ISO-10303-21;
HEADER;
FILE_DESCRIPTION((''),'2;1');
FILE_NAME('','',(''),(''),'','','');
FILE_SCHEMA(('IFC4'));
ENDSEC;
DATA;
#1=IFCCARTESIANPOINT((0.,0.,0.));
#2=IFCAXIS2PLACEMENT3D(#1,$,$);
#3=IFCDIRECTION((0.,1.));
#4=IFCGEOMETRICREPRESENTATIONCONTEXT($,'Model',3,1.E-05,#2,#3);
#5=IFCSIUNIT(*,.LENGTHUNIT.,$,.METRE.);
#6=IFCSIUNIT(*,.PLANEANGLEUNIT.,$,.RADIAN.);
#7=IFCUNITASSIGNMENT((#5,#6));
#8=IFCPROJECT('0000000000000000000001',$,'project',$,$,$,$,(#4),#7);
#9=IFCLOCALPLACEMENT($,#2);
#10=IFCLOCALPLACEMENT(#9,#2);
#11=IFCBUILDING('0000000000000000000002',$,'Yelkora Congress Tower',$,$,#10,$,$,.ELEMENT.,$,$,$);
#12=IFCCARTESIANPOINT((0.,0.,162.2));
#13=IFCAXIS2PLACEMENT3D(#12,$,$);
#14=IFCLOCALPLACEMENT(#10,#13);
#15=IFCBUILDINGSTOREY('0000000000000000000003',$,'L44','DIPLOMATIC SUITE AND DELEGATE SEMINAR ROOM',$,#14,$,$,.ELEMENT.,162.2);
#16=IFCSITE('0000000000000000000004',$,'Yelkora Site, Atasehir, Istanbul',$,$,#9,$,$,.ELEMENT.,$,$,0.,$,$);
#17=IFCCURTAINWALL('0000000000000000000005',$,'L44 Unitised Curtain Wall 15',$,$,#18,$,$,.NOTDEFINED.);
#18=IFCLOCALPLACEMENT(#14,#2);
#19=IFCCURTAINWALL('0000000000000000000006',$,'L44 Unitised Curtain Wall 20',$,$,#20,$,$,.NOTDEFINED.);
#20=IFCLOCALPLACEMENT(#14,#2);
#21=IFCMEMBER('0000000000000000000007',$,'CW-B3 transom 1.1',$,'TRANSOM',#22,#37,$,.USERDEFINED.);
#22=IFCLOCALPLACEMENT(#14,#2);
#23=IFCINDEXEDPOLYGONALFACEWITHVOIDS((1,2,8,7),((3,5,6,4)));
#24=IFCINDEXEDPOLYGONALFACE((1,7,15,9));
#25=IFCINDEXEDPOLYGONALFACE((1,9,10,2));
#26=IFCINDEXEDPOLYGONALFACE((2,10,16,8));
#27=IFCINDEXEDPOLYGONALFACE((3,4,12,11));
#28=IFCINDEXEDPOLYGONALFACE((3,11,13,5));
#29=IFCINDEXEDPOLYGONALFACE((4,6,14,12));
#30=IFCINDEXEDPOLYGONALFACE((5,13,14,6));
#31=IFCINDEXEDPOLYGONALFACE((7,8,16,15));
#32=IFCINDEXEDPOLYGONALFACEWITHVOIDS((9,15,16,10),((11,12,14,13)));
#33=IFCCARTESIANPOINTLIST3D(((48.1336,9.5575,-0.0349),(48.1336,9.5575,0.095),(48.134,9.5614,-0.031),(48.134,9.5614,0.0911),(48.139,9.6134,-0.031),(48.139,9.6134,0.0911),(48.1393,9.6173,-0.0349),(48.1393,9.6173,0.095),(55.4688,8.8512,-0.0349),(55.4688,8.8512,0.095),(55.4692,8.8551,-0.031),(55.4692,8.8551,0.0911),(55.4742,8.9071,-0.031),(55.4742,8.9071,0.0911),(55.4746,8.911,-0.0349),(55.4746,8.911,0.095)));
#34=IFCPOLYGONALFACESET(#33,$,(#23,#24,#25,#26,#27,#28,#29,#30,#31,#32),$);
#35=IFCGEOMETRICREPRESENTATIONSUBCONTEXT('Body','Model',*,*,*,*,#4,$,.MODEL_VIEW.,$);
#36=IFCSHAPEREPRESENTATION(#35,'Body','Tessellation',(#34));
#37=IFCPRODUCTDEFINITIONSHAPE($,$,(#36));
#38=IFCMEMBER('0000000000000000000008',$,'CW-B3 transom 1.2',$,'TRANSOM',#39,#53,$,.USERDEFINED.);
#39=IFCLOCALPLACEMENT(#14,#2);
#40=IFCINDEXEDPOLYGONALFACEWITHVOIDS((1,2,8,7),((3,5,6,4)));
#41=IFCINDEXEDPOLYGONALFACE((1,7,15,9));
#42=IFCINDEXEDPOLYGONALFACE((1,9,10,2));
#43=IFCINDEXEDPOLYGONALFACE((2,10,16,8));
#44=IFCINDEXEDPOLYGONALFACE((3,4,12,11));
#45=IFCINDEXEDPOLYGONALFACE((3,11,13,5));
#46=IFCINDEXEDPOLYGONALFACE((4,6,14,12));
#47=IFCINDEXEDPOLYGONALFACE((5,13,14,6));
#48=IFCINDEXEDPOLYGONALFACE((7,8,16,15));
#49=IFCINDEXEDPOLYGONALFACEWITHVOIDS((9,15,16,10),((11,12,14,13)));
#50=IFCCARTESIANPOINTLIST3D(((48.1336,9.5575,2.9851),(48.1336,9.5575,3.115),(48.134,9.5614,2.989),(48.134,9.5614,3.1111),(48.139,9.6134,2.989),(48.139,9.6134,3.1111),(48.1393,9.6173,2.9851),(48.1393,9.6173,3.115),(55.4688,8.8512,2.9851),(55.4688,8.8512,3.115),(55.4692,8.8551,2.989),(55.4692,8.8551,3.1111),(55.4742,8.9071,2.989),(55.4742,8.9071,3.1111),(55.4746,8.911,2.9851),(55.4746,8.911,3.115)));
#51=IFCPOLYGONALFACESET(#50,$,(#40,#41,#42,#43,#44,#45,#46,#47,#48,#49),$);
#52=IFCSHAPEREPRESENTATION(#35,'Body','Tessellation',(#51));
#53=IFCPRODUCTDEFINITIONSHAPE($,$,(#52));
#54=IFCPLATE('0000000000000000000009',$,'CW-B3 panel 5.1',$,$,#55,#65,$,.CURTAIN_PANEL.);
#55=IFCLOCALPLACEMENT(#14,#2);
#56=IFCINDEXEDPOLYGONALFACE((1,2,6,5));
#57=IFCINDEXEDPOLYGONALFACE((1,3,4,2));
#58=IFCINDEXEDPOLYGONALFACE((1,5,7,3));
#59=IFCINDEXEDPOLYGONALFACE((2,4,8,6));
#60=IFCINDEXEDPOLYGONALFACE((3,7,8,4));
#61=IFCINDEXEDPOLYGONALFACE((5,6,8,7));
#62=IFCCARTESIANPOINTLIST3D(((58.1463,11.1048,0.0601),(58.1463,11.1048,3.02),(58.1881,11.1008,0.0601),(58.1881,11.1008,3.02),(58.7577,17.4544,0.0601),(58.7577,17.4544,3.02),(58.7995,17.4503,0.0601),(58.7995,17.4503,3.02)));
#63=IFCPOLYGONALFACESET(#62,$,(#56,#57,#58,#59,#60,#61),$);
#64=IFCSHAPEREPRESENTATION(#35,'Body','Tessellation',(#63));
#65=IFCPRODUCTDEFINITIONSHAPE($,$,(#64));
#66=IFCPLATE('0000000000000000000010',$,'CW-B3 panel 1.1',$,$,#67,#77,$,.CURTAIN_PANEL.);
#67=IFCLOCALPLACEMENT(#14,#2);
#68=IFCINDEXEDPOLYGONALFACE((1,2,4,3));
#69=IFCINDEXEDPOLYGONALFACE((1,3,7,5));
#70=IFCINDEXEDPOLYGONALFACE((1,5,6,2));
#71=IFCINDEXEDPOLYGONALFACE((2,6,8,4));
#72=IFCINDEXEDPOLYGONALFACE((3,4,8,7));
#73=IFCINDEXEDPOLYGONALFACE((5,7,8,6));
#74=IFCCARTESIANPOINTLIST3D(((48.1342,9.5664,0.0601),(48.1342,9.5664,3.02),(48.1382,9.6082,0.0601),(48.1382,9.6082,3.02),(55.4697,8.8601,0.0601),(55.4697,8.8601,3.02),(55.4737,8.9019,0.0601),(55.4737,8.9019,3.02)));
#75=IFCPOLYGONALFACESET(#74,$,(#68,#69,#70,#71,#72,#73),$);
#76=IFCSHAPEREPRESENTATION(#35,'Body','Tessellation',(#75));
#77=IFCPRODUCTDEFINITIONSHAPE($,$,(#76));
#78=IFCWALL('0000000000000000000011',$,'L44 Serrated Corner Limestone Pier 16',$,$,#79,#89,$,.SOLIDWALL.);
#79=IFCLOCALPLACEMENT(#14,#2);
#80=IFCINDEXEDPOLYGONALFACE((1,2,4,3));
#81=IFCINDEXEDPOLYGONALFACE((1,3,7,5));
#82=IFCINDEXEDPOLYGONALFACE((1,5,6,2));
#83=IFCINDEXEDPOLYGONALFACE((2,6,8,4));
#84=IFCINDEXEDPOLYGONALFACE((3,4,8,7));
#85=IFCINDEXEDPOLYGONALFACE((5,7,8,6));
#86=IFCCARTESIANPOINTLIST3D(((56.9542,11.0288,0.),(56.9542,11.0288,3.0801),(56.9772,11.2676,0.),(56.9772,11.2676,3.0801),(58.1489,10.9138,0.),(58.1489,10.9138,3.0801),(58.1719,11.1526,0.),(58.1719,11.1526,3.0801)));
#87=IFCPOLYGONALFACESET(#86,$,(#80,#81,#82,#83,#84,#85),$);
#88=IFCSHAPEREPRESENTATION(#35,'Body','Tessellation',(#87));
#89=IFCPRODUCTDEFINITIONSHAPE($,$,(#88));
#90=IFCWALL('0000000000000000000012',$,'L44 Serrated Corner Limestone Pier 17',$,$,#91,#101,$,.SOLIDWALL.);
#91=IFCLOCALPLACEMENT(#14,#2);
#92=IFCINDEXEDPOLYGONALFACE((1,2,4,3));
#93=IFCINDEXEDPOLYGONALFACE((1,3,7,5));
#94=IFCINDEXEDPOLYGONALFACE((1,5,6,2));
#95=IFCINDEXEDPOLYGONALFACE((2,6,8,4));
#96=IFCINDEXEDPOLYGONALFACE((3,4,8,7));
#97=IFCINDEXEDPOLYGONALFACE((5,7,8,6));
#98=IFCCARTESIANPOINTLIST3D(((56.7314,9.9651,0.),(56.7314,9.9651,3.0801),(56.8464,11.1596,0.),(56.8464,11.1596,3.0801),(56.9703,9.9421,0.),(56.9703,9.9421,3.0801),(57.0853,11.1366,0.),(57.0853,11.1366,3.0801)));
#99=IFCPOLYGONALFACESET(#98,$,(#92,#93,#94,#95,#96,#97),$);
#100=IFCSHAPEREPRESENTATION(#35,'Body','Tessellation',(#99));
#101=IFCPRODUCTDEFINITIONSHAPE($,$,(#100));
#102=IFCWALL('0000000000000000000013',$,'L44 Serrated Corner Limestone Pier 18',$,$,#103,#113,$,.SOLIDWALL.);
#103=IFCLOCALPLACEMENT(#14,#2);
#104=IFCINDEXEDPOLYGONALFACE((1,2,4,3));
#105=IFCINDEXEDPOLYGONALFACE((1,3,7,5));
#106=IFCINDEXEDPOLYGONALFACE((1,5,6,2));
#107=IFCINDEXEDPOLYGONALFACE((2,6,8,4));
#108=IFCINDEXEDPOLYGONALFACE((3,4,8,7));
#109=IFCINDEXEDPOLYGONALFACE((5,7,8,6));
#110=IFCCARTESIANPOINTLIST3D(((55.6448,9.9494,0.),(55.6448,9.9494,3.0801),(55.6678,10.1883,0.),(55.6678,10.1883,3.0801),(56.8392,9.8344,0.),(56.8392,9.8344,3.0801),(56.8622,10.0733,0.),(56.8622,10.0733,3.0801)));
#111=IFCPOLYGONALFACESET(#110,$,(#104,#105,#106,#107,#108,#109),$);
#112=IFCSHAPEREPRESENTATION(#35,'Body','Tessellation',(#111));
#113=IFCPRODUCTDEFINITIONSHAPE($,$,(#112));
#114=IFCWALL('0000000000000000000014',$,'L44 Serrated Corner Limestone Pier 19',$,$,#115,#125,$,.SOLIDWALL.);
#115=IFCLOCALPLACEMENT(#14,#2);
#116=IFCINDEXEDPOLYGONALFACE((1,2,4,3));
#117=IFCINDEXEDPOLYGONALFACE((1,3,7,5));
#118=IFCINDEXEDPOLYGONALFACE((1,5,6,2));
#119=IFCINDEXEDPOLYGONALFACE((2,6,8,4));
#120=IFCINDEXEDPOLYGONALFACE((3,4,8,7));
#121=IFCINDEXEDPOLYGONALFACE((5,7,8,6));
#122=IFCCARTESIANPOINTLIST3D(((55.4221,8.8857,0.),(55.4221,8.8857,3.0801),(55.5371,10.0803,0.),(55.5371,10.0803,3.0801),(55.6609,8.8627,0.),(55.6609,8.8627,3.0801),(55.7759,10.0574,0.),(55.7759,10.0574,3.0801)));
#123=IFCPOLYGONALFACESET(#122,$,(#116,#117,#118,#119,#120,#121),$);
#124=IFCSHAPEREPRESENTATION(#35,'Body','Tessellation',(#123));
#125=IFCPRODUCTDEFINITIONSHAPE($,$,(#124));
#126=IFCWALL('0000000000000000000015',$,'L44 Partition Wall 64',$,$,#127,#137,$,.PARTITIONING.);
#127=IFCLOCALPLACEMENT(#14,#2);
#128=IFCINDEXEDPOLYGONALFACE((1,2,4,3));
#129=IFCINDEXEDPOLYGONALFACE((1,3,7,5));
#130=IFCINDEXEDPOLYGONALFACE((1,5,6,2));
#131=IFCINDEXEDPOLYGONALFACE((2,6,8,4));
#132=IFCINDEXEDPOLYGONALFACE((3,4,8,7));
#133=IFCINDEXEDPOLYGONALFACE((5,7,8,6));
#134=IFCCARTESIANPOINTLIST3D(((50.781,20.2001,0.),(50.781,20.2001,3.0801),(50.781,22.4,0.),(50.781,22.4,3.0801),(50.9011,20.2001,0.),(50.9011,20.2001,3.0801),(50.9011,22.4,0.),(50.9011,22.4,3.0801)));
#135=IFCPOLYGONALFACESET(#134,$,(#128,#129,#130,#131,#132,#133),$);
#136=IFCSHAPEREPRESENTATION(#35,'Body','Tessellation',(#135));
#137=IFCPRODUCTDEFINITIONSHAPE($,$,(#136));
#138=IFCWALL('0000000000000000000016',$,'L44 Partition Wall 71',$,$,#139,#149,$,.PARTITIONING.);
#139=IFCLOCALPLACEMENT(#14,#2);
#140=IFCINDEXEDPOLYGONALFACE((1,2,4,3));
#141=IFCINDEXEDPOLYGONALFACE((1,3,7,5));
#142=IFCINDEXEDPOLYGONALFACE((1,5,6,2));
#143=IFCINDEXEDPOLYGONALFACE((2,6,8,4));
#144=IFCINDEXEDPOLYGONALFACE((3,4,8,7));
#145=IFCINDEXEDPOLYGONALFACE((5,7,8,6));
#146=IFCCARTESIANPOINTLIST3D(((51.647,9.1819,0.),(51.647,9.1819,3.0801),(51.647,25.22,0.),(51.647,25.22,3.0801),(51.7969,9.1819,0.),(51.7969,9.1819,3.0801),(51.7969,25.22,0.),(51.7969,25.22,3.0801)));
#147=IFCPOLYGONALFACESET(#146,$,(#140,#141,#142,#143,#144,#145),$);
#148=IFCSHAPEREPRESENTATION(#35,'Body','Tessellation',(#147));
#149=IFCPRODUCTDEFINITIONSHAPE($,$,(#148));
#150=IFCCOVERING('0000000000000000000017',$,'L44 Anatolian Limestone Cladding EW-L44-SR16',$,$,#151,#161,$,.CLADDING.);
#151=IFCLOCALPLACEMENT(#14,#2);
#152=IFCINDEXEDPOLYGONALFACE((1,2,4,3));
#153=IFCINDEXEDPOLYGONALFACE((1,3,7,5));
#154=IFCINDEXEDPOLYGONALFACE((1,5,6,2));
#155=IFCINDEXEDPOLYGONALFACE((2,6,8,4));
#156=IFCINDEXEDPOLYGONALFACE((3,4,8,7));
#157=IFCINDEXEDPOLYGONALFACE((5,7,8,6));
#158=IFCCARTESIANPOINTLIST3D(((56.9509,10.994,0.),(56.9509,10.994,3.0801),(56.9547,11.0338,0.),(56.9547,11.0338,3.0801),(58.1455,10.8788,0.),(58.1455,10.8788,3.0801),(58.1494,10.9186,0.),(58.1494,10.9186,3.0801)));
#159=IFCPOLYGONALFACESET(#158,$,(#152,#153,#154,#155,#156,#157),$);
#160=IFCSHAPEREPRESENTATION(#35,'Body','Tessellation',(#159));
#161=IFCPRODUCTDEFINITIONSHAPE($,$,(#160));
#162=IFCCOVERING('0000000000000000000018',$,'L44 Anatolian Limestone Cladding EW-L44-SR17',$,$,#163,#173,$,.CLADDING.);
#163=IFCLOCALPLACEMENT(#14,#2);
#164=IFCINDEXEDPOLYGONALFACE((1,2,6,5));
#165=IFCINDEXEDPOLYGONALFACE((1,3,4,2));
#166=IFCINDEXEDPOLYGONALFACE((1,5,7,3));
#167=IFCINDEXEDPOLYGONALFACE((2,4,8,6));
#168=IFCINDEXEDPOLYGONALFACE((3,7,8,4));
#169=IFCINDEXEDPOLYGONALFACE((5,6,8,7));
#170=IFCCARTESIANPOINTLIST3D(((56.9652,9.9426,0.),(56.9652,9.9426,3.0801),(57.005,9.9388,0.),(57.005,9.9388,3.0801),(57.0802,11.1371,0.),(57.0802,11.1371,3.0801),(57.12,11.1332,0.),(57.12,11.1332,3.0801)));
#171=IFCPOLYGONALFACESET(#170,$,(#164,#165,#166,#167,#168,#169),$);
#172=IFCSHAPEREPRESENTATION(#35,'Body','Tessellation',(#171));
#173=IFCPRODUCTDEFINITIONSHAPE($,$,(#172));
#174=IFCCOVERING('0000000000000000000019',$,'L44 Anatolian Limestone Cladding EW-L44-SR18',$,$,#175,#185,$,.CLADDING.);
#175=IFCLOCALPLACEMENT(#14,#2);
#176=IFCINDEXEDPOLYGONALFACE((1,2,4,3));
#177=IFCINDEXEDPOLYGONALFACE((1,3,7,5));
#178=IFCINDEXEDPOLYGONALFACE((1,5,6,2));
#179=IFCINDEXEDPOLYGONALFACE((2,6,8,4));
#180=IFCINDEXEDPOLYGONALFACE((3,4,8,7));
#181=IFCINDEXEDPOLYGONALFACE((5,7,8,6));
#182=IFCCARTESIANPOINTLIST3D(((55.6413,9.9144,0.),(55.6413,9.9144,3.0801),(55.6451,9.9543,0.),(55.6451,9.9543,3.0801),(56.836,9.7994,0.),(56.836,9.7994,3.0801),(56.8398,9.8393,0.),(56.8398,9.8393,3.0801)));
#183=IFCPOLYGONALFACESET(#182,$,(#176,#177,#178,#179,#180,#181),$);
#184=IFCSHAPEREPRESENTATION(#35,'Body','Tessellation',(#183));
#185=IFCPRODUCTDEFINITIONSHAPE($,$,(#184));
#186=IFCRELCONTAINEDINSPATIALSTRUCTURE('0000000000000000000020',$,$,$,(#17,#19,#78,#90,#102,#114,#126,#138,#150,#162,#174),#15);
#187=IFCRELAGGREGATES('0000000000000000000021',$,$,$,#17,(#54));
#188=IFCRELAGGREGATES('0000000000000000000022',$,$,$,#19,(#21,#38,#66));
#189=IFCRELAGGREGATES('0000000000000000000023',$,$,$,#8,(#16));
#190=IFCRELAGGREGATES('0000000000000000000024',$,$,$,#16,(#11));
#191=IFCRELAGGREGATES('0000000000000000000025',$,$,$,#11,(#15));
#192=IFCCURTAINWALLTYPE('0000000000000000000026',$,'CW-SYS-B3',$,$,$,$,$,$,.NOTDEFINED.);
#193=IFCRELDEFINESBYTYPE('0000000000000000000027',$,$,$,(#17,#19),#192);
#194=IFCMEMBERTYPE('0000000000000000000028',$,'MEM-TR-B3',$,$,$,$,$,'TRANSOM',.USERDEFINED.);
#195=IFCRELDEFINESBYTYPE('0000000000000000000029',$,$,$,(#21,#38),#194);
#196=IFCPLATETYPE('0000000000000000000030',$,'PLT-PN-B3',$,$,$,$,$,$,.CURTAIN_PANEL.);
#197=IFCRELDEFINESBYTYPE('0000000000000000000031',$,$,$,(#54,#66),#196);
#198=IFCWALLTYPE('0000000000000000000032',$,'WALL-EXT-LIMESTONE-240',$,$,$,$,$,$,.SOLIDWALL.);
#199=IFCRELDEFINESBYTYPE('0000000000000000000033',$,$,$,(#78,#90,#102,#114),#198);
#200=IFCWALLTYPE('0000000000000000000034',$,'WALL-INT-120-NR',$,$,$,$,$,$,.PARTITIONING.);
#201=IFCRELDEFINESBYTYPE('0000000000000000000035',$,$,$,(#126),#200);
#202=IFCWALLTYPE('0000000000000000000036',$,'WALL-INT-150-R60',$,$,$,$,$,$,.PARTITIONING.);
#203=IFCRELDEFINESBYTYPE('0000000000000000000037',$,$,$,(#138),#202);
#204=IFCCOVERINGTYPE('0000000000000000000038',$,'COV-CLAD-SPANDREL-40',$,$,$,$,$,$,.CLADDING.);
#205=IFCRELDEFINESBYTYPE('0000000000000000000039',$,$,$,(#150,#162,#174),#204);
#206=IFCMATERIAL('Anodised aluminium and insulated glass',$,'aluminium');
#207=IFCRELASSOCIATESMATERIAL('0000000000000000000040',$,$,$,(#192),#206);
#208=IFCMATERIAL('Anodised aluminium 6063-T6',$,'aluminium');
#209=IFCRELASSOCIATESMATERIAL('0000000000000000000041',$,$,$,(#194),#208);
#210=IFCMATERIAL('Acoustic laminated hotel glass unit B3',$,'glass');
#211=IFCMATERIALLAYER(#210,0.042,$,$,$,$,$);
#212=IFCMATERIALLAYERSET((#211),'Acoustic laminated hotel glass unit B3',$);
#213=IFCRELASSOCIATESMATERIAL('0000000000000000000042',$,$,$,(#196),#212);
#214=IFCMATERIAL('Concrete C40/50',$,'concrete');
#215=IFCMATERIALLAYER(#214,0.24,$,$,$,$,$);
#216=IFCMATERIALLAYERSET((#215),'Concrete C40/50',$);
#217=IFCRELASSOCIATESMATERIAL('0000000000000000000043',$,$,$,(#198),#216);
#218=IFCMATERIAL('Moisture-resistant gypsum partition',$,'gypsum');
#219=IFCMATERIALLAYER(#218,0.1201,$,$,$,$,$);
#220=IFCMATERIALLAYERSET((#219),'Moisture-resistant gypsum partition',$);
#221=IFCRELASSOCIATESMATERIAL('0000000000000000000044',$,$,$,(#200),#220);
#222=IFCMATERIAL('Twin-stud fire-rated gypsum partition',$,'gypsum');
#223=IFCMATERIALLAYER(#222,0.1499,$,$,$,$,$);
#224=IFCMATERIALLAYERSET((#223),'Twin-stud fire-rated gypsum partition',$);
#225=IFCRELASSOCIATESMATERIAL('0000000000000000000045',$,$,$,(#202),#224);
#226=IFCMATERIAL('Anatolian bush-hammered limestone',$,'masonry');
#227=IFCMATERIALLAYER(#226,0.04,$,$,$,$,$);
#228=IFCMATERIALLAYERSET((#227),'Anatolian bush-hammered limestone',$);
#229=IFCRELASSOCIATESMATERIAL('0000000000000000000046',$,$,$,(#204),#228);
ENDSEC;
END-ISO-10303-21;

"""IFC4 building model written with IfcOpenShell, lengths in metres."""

from ifc_helpers import new_model, si_unit, direction, frame, frame_2d, origin, origin_2d, place, context, subcontext, project, spatial, rectangle, hollow_rectangle, extrude, material, layer, layer_set, material_profile, profile_set, type_object, element, aggregate, save


model = new_model("IFC4")

# Units and contexts
model_context = context("Model", 3, precision=1e-05, world=origin(), true_north=direction((0.0, 1.0)))
body_context = subcontext(model_context, "Body", "Model", "MODEL_VIEW")
ifc_project = project(units=[si_unit("LENGTHUNIT", "METRE"), si_unit("PLANEANGLEUNIT", "RADIAN")], contexts=[model_context])

# Site, building, storey
site_placement = place(None, origin())
site = spatial("IfcSite", under=ifc_project, at=site_placement, Name="Yelkora Site, Atasehir, Istanbul", CompositionType="ELEMENT", RefElevation=0.0)
building_placement = place(site_placement, origin())
building = spatial("IfcBuilding", under=site, at=building_placement, Name="Yelkora Congress Tower", CompositionType="ELEMENT")
storey_placement = place(building_placement, frame((0.0, 0.0, 162.2)))
storey = spatial("IfcBuildingStorey", under=building, at=storey_placement, Name="L44", Description="DIPLOMATIC SUITE AND DELEGATE SEMINAR ROOM", CompositionType="ELEMENT", Elevation=162.2)

# Curtain wall
ifc_material_1 = material(Name="Anodised aluminium and insulated glass", Category="aluminium")
curtain_wall_type = type_object("IfcCurtainWallType", Name="CW-SYS-B3", PredefinedType="NOTDEFINED", material=ifc_material_1)
curtain_wall_1_placement = place(storey_placement, origin())
curtain_wall_1 = element("IfcCurtainWall", 1, at=curtain_wall_1_placement, inside=storey, type_object=curtain_wall_type, Name="L44 Unitised Curtain Wall 15", PredefinedType="NOTDEFINED")
ifc_material_2 = material(Name="Anodised aluminium 6063-T6", Category="aluminium")

# Curtain wall
curtain_wall_2_placement = place(storey_placement, origin())
curtain_wall_2 = element("IfcCurtainWall", 2, at=curtain_wall_2_placement, inside=storey, type_object=curtain_wall_type, Name="L44 Unitised Curtain Wall 20", PredefinedType="NOTDEFINED")

# Members
ifc_material_profile_1 = material_profile(ifc_material_2, hollow_rectangle(XDim=0.0601, YDim=0.1299, WallThickness=0.0039, at=origin_2d()), Name="ALU 60x130x4")
ifc_profile_set_1 = profile_set([ifc_material_profile_1], Name="Anodised aluminium 6063-T6")
member_type_1 = type_object("IfcMemberType", Name="MEM-TR-B3", ElementType="TRANSOM", PredefinedType="USERDEFINED", material=ifc_profile_set_1)
member_1_placement = place(storey_placement, frame((55.4717, 8.8811, 0.03), z_axis=(-0.995396, 0.095846, 0.0), x_axis=(-0.095846, -0.995396, 0.0)))
member_1 = element("IfcMember", 3, at=member_1_placement, type_object=member_type_1, Name="CW-B3 transom 1.1", ObjectType="TRANSOM", PredefinedType="USERDEFINED", context=body_context, shape_type="SweptSolid", body=[
    extrude(hollow_rectangle(XDim=0.0601, YDim=0.1299, WallThickness=0.0039, at=origin_2d()), origin(), (0.0, 0.0, 1.0), 7.3691),
])
member_2_placement = place(storey_placement, frame((55.4717, 8.8811, 3.05), z_axis=(-0.995396, 0.095846, 0.0), x_axis=(-0.095846, -0.995396, 0.0)))
member_2 = element("IfcMember", 4, at=member_2_placement, type_object=member_type_1, Name="CW-B3 transom 1.2", ObjectType="TRANSOM", PredefinedType="USERDEFINED", context=body_context, shape_type="SweptSolid", body=[
    extrude(hollow_rectangle(XDim=0.0601, YDim=0.1299, WallThickness=0.0039, at=origin_2d()), origin(), (0.0, 0.0, 1.0), 7.3691),
])

# Plates
ifc_material_3 = material(Name="Acoustic laminated hotel glass unit B3", Category="glass")
ifc_layer_1 = layer(ifc_material_3, 0.042)
ifc_layer_set_1 = layer_set([ifc_layer_1], Name="Acoustic laminated hotel glass unit B3")
plate_type = type_object("IfcPlateType", Name="PLT-PN-B3", PredefinedType="CURTAIN_PANEL", material=ifc_layer_set_1)
plate_1_placement = place(storey_placement, frame((58.4729, 14.2776, 0.0601), z_axis=(0.0, 0.0, 1.0), x_axis=(-0.095842, -0.995397, 0.0)))
plate_1 = element("IfcPlate", 5, at=plate_1_placement, type_object=plate_type, Name="CW-B3 panel 5.1", PredefinedType="CURTAIN_PANEL", context=body_context, shape_type="SweptSolid", body=[
    extrude(rectangle(XDim=6.3789, YDim=0.042, at=origin_2d()), origin(), (0.0, 0.0, 1.0), 2.96),
])
aggregate(curtain_wall_1, [plate_1])
plate_2_placement = place(storey_placement, frame((51.804, 9.2341, 0.0601), z_axis=(0.0, 0.0, 1.0), x_axis=(-0.995396, 0.095845, 0.0)))
plate_2 = element("IfcPlate", 6, at=plate_2_placement, type_object=plate_type, Name="CW-B3 panel 1.1", PredefinedType="CURTAIN_PANEL", context=body_context, shape_type="SweptSolid", body=[
    extrude(rectangle(XDim=7.3694, YDim=0.042, at=origin_2d()), origin(), (0.0, 0.0, 1.0), 2.96),
])
aggregate(curtain_wall_2, [member_1, member_2, plate_2])

# Walls
ifc_material_4 = material(Name="Concrete C40/50", Category="concrete")
ifc_layer_2 = layer(ifc_material_4, 0.24)
ifc_layer_set_2 = layer_set([ifc_layer_2], Name="Concrete C40/50")
wall_type_1 = type_object("IfcWallType", Name="WALL-EXT-LIMESTONE-240", PredefinedType="SOLIDWALL", material=ifc_layer_set_2)
wall_1_placement = place(storey_placement, frame((58.1604, 11.0332, 0.0), z_axis=(0.0, 0.0, 1.0), x_axis=(-0.995399, 0.095817, 0.0)))
element("IfcWall", 7, at=wall_1_placement, inside=storey, type_object=wall_type_1, Name="L44 Serrated Corner Limestone Pier 16", PredefinedType="SOLIDWALL", context=body_context, shape_type="SweptSolid", body=[
    extrude(rectangle(XDim=1.2002, YDim=0.24, at=frame_2d((0.6001, 0.0))), origin(), (0.0, 0.0, 1.0), 3.0801),
])
for number, where, z_axis, x_axis, name in (
    (8, (56.9658, 11.1482, 0.0), (0.0, 0.0, 1.0), (-0.095836, -0.995397, 0.0), "L44 Serrated Corner Limestone Pier 17"),
    (9, (56.8508, 9.9539, 0.0), (0.0, 0.0, 1.0), (-0.995397, 0.095836, 0.0), "L44 Serrated Corner Limestone Pier 18"),
):
    element("IfcWall", number, at=place(storey_placement, frame(where, z_axis=z_axis, x_axis=x_axis)), inside=storey, type_object=wall_type_1, Name=name, PredefinedType="SOLIDWALL", context=body_context, shape_type="SweptSolid", body=[
        extrude(rectangle(XDim=1.2, YDim=0.24, at=frame_2d((0.6001, 0.0))), origin(), (0.0, 0.0, 1.0), 3.0801),
    ])
wall_2_placement = place(storey_placement, frame((55.6565, 10.0688, 0.0), z_axis=(0.0, 0.0, 1.0), x_axis=(-0.095817, -0.995399, 0.0)))
element("IfcWall", 10, at=wall_2_placement, inside=storey, type_object=wall_type_1, Name="L44 Serrated Corner Limestone Pier 19", PredefinedType="SOLIDWALL", context=body_context, shape_type="SweptSolid", body=[
    extrude(rectangle(XDim=1.2002, YDim=0.24, at=frame_2d((0.6001, 0.0))), origin(), (0.0, 0.0, 1.0), 3.0801),
])
ifc_material_5 = material(Name="Moisture-resistant gypsum partition", Category="gypsum")
ifc_layer_3 = layer(ifc_material_5, 0.1201)
ifc_layer_set_3 = layer_set([ifc_layer_3], Name="Moisture-resistant gypsum partition")
wall_type_2 = type_object("IfcWallType", Name="WALL-INT-120-NR", PredefinedType="PARTITIONING", material=ifc_layer_set_3)
wall_3_placement = place(storey_placement, frame((50.8411, 20.2, 0.0), z_axis=(0.0, 0.0, 1.0), x_axis=(0.0, 1.0, 0.0)))
element("IfcWall", 11, at=wall_3_placement, inside=storey, type_object=wall_type_2, Name="L44 Partition Wall 64", PredefinedType="PARTITIONING", context=body_context, shape_type="SweptSolid", body=[
    extrude(rectangle(XDim=2.2, YDim=0.1201, at=frame_2d((1.1001, 0.0))), origin(), (0.0, 0.0, 1.0), 3.0801),
])
ifc_material_6 = material(Name="Twin-stud fire-rated gypsum partition", Category="gypsum")
ifc_layer_4 = layer(ifc_material_6, 0.1499)
ifc_layer_set_4 = layer_set([ifc_layer_4], Name="Twin-stud fire-rated gypsum partition")
wall_type_3 = type_object("IfcWallType", Name="WALL-INT-150-R60", PredefinedType="PARTITIONING", material=ifc_layer_set_4)
wall_4_placement = place(storey_placement, frame((51.7219, 9.1819, 0.0), z_axis=(0.0, 0.0, 1.0), x_axis=(0.0, 1.0, 0.0)))
element("IfcWall", 12, at=wall_4_placement, inside=storey, type_object=wall_type_3, Name="L44 Partition Wall 71", PredefinedType="PARTITIONING", context=body_context, shape_type="SweptSolid", body=[
    extrude(rectangle(XDim=16.0381, YDim=0.1499, at=frame_2d((8.019, 0.0))), origin(), (0.0, 0.0, 1.0), 3.0801),
])

# Coverings
ifc_material_7 = material(Name="Anatolian bush-hammered limestone", Category="masonry")
ifc_layer_5 = layer(ifc_material_7, 0.04)
ifc_layer_set_5 = layer_set([ifc_layer_5], Name="Anatolian bush-hammered limestone")
covering_type = type_object("IfcCoveringType", Name="COV-CLAD-SPANDREL-40", PredefinedType="CLADDING", material=ifc_layer_set_5)
covering_1_placement = place(storey_placement, frame((58.1475, 10.8987, 0.0), z_axis=(0.0, 0.0, 1.0), x_axis=(-0.99538, 0.096019, 0.0)))
element("IfcCovering", 13, at=covering_1_placement, inside=storey, type_object=covering_type, Name="L44 Anatolian Limestone Cladding EW-L44-SR16", PredefinedType="CLADDING", context=body_context, shape_type="SweptSolid", body=[
    extrude(rectangle(XDim=1.2002, YDim=0.04, at=frame_2d((0.6001, 0.0))), origin(), (0.0, 0.0, 1.0), 3.0801),
])
covering_2_placement = place(storey_placement, frame((57.1001, 11.1353, 0.0), z_axis=(0.0, 0.0, 1.0), x_axis=(-0.095836, -0.995397, 0.0)))
element("IfcCovering", 14, at=covering_2_placement, inside=storey, type_object=covering_type, Name="L44 Anatolian Limestone Cladding EW-L44-SR17", PredefinedType="CLADDING", context=body_context, shape_type="SweptSolid", body=[
    extrude(rectangle(XDim=1.2, YDim=0.04, at=frame_2d((0.6001, 0.0))), origin(), (0.0, 0.0, 1.0), 3.0801),
])
for number, where, z_axis, x_axis, name in (
    (15, (56.8379, 9.8193, 0.0), (0.0, 0.0, 1.0), (-0.995399, 0.095817, 0.0), "L44 Anatolian Limestone Cladding EW-L44-SR18"),
):
    element("IfcCovering", number, at=place(storey_placement, frame(where, z_axis=z_axis, x_axis=x_axis)), inside=storey, type_object=covering_type, Name=name, PredefinedType="CLADDING", context=body_context, shape_type="SweptSolid", body=[
        extrude(rectangle(XDim=1.2002, YDim=0.04, at=frame_2d((0.6001, 0.0))), origin(), (0.0, 0.0, 1.0), 3.0801),
    ])

save(model, "model.ifc")
